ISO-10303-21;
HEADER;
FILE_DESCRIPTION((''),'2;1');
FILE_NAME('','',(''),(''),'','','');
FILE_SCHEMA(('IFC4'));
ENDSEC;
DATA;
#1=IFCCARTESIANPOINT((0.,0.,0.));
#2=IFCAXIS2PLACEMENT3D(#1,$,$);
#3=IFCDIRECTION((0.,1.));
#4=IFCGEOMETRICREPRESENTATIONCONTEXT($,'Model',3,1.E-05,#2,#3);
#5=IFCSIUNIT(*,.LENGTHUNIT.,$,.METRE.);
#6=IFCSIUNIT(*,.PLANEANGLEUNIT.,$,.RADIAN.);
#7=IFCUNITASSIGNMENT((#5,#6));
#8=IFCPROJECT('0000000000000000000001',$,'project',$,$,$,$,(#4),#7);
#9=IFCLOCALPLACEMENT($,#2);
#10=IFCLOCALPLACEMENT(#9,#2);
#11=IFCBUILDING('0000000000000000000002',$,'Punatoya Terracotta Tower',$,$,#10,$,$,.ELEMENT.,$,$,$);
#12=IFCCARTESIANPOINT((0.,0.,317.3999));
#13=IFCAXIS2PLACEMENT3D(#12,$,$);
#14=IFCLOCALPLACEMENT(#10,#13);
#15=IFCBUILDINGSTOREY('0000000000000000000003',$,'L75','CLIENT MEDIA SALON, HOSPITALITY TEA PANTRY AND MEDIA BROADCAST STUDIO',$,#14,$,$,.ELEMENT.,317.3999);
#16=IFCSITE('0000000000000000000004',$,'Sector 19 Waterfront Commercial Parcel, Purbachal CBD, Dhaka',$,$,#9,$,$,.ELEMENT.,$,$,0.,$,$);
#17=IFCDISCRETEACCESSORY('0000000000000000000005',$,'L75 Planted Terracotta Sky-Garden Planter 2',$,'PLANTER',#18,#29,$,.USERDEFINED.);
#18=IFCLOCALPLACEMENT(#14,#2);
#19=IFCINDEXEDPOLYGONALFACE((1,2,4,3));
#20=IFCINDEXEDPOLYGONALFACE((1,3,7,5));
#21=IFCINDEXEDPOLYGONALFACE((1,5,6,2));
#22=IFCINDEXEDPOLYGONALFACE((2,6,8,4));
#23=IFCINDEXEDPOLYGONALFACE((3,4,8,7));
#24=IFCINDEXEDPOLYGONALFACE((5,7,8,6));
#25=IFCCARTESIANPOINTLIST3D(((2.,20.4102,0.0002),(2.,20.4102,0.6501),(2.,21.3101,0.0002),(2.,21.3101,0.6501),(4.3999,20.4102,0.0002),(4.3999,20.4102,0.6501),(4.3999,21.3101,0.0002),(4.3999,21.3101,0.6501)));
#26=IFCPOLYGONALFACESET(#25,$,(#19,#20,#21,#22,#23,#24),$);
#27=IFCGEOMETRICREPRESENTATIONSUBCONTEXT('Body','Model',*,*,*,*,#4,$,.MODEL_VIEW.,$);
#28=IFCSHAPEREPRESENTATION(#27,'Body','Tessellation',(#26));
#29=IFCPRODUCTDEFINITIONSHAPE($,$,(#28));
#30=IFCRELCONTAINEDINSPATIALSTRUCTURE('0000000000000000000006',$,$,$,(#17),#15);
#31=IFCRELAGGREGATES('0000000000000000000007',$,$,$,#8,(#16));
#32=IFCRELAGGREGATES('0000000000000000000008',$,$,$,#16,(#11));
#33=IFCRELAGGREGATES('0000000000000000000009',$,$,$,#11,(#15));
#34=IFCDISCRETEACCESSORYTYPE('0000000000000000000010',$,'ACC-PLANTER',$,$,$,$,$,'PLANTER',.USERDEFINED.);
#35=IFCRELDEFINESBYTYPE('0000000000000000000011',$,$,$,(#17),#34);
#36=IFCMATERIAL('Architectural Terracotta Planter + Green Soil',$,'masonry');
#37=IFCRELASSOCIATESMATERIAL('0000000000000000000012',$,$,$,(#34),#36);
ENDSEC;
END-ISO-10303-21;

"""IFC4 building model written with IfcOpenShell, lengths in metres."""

from ifc_helpers import new_model, si_unit, direction, frame, origin, origin_2d, place, context, subcontext, project, spatial, rectangle, extrude, material, type_object, element, save


model = new_model("IFC4")

# Units and contexts
model_context = context("Model", 3, precision=1e-05, world=origin(), true_north=direction((0.0, 1.0)))
body_context = subcontext(model_context, "Body", "Model", "MODEL_VIEW")
ifc_project = project(units=[si_unit("LENGTHUNIT", "METRE"), si_unit("PLANEANGLEUNIT", "RADIAN")], contexts=[model_context])

# Site, building, storey
site_placement = place(None, origin())
site = spatial("IfcSite", under=ifc_project, at=site_placement, Name="Sector 19 Waterfront Commercial Parcel, Purbachal CBD, Dhaka", CompositionType="ELEMENT", RefElevation=0.0)
building_placement = place(site_placement, origin())
building = spatial("IfcBuilding", under=site, at=building_placement, Name="Punatoya Terracotta Tower", CompositionType="ELEMENT")
storey_placement = place(building_placement, frame((0.0, 0.0, 317.3999)))
storey = spatial("IfcBuildingStorey", under=building, at=storey_placement, Name="L75", Description="CLIENT MEDIA SALON, HOSPITALITY TEA PANTRY AND MEDIA BROADCAST STUDIO", CompositionType="ELEMENT", Elevation=317.3999)

# Discrete accessory
ifc_material_1 = material(Name="Architectural Terracotta Planter + Green Soil", Category="masonry")
discrete_accessory_type = type_object("IfcDiscreteAccessoryType", Name="ACC-PLANTER", ElementType="PLANTER", PredefinedType="USERDEFINED", material=ifc_material_1)
discrete_accessory_placement = place(storey_placement, frame((3.2, 20.8601, 0.0002), z_axis=(0.0, 0.0, 1.0), x_axis=(1.0, 0.0, 0.0)))
element("IfcDiscreteAccessory", 1, at=discrete_accessory_placement, inside=storey, type_object=discrete_accessory_type, Name="L75 Planted Terracotta Sky-Garden Planter 2", ObjectType="PLANTER", PredefinedType="USERDEFINED", context=body_context, shape_type="SweptSolid", body=[
    extrude(rectangle(XDim=2.3999, YDim=0.8999, at=origin_2d()), origin(), (0.0, 0.0, 1.0), 0.6499),
])

save(model, "model.ifc")
